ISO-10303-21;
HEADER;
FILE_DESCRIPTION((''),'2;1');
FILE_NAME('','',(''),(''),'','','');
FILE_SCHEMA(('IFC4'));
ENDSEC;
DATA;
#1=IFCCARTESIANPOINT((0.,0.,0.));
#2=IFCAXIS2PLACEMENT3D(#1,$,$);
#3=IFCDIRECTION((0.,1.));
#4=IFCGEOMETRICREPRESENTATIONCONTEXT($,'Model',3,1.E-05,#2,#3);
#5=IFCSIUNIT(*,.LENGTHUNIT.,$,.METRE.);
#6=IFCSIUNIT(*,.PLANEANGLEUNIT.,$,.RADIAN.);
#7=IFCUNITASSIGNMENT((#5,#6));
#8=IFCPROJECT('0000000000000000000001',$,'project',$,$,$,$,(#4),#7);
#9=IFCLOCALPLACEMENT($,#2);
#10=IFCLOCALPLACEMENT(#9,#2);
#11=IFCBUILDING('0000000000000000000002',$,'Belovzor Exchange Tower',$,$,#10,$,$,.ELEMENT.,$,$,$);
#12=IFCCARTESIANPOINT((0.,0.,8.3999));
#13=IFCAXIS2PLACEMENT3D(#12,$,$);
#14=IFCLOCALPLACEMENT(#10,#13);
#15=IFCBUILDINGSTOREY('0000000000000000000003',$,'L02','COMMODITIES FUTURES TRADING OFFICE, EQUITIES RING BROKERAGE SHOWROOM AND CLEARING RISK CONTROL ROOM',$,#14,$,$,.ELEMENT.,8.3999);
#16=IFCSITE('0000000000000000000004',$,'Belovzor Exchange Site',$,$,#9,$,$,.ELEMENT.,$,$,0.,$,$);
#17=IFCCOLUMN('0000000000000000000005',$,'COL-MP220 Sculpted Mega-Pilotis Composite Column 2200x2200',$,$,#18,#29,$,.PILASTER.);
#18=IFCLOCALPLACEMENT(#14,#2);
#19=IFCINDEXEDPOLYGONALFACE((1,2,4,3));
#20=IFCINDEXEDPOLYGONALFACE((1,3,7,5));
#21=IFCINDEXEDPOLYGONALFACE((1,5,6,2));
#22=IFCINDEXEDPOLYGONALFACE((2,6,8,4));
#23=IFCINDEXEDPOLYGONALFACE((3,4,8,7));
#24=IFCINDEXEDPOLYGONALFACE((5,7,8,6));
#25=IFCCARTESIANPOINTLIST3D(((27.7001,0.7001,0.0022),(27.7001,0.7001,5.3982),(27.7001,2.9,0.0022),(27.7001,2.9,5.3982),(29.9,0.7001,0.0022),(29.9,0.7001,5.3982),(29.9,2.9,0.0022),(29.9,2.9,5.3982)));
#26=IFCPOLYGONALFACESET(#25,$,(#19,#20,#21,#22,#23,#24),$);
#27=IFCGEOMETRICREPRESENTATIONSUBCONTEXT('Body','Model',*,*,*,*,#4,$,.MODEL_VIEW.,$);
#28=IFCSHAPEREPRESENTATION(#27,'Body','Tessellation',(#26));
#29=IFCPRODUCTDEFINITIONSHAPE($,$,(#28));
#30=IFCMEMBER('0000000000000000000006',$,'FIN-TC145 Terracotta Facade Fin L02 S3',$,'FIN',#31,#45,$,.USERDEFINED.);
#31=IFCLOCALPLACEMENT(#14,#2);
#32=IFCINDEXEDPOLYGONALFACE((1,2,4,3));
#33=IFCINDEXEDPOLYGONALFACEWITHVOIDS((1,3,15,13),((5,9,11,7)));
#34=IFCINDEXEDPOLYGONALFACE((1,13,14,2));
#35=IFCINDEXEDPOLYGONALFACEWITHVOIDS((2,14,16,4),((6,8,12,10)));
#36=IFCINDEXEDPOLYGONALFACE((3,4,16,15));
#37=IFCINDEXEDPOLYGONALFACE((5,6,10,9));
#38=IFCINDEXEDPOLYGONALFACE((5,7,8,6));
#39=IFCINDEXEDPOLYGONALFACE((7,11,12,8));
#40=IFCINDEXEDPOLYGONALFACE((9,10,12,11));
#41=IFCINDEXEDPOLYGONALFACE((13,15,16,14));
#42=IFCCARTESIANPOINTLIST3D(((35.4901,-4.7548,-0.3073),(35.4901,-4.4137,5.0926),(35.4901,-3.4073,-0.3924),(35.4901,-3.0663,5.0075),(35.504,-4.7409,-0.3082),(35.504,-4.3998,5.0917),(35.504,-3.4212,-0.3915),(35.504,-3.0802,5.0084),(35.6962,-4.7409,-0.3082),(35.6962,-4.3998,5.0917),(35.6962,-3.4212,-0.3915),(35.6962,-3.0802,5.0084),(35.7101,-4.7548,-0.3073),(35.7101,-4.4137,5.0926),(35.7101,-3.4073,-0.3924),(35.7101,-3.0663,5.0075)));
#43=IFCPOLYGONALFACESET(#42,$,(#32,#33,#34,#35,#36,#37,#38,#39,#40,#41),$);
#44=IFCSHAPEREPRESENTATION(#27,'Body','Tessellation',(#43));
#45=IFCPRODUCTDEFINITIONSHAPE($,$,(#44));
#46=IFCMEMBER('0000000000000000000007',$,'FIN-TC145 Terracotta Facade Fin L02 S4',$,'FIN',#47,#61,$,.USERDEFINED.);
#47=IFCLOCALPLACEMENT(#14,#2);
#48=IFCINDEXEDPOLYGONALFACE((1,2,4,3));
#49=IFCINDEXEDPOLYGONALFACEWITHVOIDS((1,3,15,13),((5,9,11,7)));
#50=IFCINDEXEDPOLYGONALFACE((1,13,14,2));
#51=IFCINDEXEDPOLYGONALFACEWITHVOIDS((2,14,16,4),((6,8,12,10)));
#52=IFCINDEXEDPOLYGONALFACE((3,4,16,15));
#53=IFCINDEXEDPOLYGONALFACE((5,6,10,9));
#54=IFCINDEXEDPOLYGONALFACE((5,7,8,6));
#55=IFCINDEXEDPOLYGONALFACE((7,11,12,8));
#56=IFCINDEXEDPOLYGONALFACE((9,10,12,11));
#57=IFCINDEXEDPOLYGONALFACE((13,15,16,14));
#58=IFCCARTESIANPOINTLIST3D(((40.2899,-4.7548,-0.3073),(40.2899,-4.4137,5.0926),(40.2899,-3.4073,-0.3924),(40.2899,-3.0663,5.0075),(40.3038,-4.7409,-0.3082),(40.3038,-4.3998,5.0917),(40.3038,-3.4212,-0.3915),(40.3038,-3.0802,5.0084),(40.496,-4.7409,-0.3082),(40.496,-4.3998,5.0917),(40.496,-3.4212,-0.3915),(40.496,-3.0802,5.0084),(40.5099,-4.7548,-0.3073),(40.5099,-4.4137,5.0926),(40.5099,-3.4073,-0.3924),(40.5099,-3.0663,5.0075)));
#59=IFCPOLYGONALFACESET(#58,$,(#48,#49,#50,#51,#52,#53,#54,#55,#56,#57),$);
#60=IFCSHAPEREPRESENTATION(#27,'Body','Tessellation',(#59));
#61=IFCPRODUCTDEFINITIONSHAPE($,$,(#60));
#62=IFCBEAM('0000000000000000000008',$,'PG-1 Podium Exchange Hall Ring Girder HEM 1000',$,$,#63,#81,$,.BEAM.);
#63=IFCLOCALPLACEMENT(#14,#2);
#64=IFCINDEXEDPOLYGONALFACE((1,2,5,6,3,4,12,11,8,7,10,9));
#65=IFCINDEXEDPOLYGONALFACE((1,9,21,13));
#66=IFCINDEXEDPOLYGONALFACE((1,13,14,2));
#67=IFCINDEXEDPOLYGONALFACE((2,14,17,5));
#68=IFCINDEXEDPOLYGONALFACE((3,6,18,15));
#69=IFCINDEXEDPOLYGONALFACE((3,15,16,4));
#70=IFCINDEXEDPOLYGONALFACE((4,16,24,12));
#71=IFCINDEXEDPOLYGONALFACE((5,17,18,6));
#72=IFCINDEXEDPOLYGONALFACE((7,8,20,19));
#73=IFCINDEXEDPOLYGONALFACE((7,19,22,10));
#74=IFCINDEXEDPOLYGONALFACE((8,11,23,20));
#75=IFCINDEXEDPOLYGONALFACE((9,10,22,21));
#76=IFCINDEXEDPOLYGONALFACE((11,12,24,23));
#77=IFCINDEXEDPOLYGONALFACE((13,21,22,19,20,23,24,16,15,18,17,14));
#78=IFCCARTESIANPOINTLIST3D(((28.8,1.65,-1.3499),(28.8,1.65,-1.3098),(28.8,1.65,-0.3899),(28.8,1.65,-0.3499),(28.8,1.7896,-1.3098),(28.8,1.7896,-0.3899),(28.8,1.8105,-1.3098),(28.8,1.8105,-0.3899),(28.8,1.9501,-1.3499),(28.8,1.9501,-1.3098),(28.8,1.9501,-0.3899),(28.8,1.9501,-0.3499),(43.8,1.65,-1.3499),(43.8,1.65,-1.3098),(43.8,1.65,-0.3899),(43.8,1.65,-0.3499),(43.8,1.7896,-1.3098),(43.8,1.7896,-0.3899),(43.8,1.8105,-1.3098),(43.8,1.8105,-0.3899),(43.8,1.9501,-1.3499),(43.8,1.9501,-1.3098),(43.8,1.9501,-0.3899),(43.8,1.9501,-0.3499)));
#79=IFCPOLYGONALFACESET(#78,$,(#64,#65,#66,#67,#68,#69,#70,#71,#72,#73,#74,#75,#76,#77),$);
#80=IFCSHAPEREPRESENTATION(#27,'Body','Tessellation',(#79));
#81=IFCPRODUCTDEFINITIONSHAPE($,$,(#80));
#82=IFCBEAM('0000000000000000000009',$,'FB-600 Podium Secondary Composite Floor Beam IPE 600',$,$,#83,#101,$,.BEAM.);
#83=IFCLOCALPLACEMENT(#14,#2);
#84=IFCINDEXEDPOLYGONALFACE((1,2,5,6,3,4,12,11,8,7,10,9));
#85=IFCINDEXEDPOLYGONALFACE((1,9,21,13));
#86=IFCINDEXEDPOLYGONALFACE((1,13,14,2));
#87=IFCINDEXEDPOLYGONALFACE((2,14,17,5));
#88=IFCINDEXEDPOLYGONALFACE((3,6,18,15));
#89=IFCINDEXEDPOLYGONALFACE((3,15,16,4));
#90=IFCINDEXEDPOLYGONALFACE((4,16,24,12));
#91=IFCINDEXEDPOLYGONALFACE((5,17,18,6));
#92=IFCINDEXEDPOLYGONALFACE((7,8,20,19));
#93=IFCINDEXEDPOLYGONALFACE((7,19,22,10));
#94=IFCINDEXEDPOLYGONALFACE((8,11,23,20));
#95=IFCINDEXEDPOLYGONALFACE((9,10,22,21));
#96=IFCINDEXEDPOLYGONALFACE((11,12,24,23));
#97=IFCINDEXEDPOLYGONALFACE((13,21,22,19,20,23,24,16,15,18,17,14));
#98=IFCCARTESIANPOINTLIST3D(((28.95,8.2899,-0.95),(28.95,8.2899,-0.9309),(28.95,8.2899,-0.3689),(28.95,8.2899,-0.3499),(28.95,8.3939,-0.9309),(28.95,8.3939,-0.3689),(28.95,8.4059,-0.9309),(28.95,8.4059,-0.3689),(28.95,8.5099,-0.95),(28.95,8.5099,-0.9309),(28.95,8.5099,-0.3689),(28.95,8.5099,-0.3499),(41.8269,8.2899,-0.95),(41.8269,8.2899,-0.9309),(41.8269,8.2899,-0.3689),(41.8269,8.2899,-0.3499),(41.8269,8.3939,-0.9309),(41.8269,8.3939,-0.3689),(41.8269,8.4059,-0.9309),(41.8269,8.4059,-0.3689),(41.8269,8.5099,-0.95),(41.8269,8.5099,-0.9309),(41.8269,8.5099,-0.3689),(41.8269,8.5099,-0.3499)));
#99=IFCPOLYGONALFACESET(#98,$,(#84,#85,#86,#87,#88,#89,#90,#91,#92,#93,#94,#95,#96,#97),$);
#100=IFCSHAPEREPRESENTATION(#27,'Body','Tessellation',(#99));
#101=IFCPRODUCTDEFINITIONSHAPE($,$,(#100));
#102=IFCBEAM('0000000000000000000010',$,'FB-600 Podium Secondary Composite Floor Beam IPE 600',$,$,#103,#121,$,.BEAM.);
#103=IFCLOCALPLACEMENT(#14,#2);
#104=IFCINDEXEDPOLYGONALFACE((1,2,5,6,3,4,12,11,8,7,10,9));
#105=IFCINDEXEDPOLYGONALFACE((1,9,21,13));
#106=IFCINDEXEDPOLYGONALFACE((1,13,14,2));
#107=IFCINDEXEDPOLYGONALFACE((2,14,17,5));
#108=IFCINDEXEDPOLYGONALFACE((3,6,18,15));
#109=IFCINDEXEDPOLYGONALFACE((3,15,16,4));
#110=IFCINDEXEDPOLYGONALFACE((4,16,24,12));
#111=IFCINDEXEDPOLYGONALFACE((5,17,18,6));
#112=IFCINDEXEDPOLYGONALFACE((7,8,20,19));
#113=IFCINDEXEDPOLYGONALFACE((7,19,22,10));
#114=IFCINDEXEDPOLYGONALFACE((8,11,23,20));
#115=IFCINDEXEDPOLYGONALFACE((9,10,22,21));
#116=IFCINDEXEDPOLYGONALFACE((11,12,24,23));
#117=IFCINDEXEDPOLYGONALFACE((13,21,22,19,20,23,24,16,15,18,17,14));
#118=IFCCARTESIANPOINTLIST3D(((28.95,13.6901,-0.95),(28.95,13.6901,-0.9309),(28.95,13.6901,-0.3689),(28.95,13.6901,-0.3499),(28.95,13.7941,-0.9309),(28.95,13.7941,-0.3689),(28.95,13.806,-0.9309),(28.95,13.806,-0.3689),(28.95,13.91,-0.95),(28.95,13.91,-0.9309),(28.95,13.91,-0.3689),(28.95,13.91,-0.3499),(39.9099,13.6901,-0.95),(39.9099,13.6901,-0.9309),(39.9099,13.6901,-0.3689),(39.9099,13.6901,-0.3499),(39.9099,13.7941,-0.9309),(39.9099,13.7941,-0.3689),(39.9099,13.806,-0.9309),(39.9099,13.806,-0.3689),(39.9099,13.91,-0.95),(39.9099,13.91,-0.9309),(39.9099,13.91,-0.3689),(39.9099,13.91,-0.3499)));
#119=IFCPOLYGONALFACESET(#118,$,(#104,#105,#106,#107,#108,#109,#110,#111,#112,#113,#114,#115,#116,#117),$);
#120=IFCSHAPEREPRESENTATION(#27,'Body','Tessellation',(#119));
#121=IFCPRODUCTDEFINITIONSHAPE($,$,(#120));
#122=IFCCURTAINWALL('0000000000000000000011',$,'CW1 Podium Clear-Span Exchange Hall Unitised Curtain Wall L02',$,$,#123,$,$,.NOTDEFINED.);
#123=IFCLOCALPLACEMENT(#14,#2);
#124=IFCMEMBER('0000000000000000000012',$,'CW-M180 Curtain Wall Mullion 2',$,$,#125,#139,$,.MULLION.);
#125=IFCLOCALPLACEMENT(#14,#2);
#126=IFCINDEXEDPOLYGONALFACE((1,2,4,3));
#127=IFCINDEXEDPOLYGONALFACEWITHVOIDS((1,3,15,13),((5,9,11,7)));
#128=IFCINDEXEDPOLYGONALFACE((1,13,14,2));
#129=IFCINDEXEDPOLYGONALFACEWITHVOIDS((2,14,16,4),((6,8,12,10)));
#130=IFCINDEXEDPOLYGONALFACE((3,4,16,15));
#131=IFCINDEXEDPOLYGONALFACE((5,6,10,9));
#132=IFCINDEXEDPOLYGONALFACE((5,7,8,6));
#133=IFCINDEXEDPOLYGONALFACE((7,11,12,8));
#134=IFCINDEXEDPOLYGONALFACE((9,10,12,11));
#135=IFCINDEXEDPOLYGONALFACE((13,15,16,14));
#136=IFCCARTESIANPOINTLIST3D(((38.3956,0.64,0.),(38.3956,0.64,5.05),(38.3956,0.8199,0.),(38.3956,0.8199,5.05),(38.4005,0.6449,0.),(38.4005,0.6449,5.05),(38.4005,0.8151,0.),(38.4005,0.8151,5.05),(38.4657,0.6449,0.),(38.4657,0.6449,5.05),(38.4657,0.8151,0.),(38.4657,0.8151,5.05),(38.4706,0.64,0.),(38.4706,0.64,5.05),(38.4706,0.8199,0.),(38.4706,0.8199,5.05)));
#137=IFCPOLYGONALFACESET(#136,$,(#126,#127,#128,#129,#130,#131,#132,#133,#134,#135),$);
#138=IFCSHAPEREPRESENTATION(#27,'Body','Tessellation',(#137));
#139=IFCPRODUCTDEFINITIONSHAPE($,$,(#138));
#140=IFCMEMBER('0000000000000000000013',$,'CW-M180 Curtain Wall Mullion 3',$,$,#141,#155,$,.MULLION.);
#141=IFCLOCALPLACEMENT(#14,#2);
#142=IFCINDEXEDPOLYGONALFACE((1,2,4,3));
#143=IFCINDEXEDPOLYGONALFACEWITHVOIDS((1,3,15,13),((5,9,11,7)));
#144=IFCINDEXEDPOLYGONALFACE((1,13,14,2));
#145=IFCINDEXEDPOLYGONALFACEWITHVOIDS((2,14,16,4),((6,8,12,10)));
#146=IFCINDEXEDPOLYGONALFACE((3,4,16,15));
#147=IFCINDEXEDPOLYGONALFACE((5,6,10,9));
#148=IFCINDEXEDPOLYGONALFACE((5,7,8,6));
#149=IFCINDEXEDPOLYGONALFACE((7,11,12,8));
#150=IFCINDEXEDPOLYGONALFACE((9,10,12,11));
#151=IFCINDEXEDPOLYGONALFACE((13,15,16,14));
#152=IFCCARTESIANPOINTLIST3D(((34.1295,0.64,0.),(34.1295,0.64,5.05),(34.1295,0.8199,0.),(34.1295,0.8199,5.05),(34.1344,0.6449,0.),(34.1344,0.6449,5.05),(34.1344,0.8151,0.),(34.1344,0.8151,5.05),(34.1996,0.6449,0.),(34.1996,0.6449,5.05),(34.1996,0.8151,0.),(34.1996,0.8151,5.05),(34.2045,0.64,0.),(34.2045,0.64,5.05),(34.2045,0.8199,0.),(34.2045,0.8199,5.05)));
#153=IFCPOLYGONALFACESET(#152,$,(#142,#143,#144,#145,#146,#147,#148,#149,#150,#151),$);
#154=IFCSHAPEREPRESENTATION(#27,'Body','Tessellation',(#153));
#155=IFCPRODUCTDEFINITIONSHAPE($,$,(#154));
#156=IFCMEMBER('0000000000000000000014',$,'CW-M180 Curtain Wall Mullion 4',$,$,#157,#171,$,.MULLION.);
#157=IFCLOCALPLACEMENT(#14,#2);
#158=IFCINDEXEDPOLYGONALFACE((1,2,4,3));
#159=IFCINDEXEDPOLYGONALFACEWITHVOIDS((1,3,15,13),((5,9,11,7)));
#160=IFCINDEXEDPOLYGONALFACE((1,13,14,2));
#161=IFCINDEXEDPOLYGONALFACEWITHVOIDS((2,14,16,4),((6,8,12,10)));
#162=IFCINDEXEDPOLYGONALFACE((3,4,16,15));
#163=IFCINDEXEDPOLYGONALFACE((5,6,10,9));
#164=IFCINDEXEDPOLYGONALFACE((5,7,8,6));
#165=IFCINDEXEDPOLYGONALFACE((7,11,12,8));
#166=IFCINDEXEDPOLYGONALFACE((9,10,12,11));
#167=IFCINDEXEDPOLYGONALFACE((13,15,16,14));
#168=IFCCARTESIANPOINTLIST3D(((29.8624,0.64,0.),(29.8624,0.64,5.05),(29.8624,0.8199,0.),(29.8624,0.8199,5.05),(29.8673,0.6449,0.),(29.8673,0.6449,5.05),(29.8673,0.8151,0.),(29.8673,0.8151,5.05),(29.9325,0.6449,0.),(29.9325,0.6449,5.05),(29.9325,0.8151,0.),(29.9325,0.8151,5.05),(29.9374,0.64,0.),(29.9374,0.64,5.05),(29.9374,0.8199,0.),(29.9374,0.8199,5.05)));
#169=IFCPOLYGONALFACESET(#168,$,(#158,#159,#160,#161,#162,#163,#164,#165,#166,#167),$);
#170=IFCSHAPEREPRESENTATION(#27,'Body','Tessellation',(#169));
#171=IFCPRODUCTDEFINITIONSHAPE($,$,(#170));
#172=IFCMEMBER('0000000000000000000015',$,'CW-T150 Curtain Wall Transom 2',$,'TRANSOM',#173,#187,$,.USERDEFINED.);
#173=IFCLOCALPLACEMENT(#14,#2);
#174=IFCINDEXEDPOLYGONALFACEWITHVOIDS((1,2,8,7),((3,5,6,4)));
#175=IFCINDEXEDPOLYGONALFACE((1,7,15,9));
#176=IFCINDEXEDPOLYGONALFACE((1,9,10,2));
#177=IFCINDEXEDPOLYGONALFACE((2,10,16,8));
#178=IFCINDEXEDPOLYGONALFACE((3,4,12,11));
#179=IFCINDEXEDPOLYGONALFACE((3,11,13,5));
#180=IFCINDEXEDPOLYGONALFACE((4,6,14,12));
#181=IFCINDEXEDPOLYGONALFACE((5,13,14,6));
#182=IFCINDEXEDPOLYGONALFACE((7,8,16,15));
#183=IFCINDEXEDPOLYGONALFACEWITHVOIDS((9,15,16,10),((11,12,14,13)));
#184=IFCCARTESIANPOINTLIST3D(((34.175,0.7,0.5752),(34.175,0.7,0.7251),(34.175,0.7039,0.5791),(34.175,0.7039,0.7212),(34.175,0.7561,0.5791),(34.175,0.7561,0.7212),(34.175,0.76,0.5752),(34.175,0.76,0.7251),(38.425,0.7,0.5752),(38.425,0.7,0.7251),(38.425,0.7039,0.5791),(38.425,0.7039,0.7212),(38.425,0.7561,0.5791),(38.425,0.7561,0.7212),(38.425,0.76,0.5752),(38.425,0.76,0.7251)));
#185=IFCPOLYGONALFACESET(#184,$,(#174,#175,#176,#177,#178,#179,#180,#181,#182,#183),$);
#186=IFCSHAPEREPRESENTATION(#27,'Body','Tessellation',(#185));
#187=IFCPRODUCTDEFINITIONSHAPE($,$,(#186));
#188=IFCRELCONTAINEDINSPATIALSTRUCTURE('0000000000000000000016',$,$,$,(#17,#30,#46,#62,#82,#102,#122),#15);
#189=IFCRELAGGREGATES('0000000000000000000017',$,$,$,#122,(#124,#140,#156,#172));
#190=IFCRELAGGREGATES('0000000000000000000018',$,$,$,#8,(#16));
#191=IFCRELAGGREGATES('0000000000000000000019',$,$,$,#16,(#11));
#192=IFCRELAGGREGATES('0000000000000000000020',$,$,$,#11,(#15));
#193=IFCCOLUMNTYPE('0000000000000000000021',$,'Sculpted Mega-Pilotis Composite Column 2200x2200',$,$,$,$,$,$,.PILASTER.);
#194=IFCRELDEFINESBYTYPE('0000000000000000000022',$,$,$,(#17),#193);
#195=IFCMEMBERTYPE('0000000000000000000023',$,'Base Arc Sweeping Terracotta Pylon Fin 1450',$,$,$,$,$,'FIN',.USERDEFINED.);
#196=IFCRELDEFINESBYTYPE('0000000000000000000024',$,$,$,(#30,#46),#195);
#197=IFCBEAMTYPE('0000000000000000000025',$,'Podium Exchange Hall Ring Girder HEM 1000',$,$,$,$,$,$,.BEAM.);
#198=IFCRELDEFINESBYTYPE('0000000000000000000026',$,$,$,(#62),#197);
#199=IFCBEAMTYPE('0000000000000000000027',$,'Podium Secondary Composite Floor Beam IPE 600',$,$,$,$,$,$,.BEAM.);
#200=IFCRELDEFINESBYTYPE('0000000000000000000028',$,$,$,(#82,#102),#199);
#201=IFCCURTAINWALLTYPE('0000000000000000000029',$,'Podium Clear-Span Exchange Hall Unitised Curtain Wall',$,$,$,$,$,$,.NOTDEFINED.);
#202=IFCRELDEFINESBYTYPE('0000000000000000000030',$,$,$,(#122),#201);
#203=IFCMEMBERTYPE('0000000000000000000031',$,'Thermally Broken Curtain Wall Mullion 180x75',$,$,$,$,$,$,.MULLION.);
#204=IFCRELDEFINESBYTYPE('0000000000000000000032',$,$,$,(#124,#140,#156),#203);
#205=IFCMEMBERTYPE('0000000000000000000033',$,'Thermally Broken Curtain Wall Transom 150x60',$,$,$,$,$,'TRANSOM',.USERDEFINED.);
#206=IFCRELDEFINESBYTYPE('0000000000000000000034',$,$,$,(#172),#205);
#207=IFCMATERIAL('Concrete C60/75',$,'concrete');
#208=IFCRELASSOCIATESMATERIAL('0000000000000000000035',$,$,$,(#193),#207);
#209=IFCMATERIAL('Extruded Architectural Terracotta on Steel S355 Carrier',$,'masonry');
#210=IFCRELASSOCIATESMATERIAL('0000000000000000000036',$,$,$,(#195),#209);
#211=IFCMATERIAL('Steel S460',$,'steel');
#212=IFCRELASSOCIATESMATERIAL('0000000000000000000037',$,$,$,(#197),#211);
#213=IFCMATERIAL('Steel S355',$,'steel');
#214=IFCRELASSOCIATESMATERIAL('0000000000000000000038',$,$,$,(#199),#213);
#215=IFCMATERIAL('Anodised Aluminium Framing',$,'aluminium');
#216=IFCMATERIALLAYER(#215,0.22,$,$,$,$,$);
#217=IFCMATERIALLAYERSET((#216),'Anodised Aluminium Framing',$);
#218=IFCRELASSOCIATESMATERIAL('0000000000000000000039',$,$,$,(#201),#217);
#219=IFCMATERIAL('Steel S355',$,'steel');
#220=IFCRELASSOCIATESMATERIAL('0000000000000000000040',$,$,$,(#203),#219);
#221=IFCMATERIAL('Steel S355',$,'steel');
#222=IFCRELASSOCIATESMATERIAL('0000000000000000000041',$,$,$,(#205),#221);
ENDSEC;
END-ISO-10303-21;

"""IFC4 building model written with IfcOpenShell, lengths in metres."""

from ifc_helpers import new_model, si_unit, direction, frame, origin, origin_2d, place, context, subcontext, project, spatial, rectangle, hollow_rectangle, i_section, extrude, material, layer, layer_set, material_profile, profile_set, type_object, element, aggregate, save


model = new_model("IFC4")

# Units and contexts
model_context = context("Model", 3, precision=1e-05, world=origin(), true_north=direction((0.0, 1.0)))
body_context = subcontext(model_context, "Body", "Model", "MODEL_VIEW")
ifc_project = project(units=[si_unit("LENGTHUNIT", "METRE"), si_unit("PLANEANGLEUNIT", "RADIAN")], contexts=[model_context])

# Site, building, storey
site_placement = place(None, origin())
site = spatial("IfcSite", under=ifc_project, at=site_placement, Name="Belovzor Exchange Site", CompositionType="ELEMENT", RefElevation=0.0)
building_placement = place(site_placement, origin())
building = spatial("IfcBuilding", under=site, at=building_placement, Name="Belovzor Exchange Tower", CompositionType="ELEMENT")
storey_placement = place(building_placement, frame((0.0, 0.0, 8.3999)))
storey = spatial("IfcBuildingStorey", under=building, at=storey_placement, Name="L02", Description="COMMODITIES FUTURES TRADING OFFICE, EQUITIES RING BROKERAGE SHOWROOM AND CLEARING RISK CONTROL ROOM", CompositionType="ELEMENT", Elevation=8.3999)

# Column
ifc_material_1 = material(Name="Concrete C60/75", Category="concrete")
ifc_material_profile_1 = material_profile(ifc_material_1, rectangle(XDim=2.2, YDim=2.2, at=origin_2d()))
ifc_profile_set_1 = profile_set([ifc_material_profile_1], Name="Concrete C60/75")
column_type = type_object("IfcColumnType", Name="Sculpted Mega-Pilotis Composite Column 2200x2200", PredefinedType="PILASTER", material=ifc_profile_set_1)
column_placement = place(storey_placement, frame((28.8, 1.8, 0.0022), z_axis=(0.0, 0.0, 1.0), x_axis=(1.0, 0.0, 0.0)))
element("IfcColumn", 1, at=column_placement, inside=storey, type_object=column_type, Name="COL-MP220 Sculpted Mega-Pilotis Composite Column 2200x2200", PredefinedType="PILASTER", context=body_context, shape_type="SweptSolid", body=[
    extrude(rectangle(XDim=2.2, YDim=2.2, at=origin_2d()), origin(), (0.0, 0.0, 1.0), 5.396),
])

# Members
ifc_material_2 = material(Name="Extruded Architectural Terracotta on Steel S355 Carrier", Category="masonry")
ifc_material_profile_2 = material_profile(ifc_material_2, hollow_rectangle(XDim=0.22, YDim=1.3501, WallThickness=0.0139, at=origin_2d()))
ifc_profile_set_2 = profile_set([ifc_material_profile_2], Name="Extruded Architectural Terracotta on Steel S355 Carrier")
member_type_1 = type_object("IfcMemberType", Name="Base Arc Sweeping Terracotta Pylon Fin 1450", ElementType="FIN", PredefinedType="USERDEFINED", material=ifc_profile_set_2)
for number, where, z_axis, x_axis, name in (
    (2, (35.6001, -4.0811, -0.3499), (0.0, 0.063036, 0.998011), (-1.0, 0.0, 0.0), "FIN-TC145 Terracotta Facade Fin L02 S3"),
    (3, (40.3999, -4.0811, -0.3499), (0.0, 0.063036, 0.998011), (-1.0, 0.0, 0.0), "FIN-TC145 Terracotta Facade Fin L02 S4"),
):
    element("IfcMember", number, at=place(storey_placement, frame(where, z_axis=z_axis, x_axis=x_axis)), inside=storey, type_object=member_type_1, Name=name, ObjectType="FIN", PredefinedType="USERDEFINED", context=body_context, shape_type="SweptSolid", body=[
        extrude(hollow_rectangle(XDim=0.22, YDim=1.3501, WallThickness=0.0139, at=origin_2d()), origin(), (0.0, 0.0, 1.0), 5.4106),
    ])

# Beams
ifc_material_3 = material(Name="Steel S460", Category="steel")
ifc_material_profile_3 = material_profile(ifc_material_3, i_section(OverallWidth=0.3, OverallDepth=1.0, WebThickness=0.021, FlangeThickness=0.04, at=origin_2d()))
ifc_profile_set_3 = profile_set([ifc_material_profile_3], Name="Steel S460")
beam_type_1 = type_object("IfcBeamType", Name="Podium Exchange Hall Ring Girder HEM 1000", PredefinedType="BEAM", material=ifc_profile_set_3)
beam_1_placement = place(storey_placement, frame((28.8, 1.8, -0.8499), z_axis=(1.0, 0.0, 0.0), x_axis=(0.0, 1.0, 0.0)))
element("IfcBeam", 4, at=beam_1_placement, inside=storey, type_object=beam_type_1, Name="PG-1 Podium Exchange Hall Ring Girder HEM 1000", PredefinedType="BEAM", context=body_context, shape_type="SweptSolid", body=[
    extrude(i_section(OverallWidth=0.3, OverallDepth=1.0, WebThickness=0.021, FlangeThickness=0.04, at=origin_2d()), origin(), (0.0, 0.0, 1.0), 15.0),
])
ifc_material_4 = material(Name="Steel S355", Category="steel")
ifc_material_profile_4 = material_profile(ifc_material_4, i_section(OverallWidth=0.22, OverallDepth=0.6001, WebThickness=0.012, FlangeThickness=0.019, at=origin_2d()))
ifc_profile_set_4 = profile_set([ifc_material_profile_4], Name="Steel S355")
beam_type_2 = type_object("IfcBeamType", Name="Podium Secondary Composite Floor Beam IPE 600", PredefinedType="BEAM", material=ifc_profile_set_4)
beam_2_placement = place(storey_placement, frame((28.95, 8.3999, -0.6499), z_axis=(1.0, 0.0, 0.0), x_axis=(0.0, 1.0, 0.0)))
element("IfcBeam", 5, at=beam_2_placement, inside=storey, type_object=beam_type_2, Name="FB-600 Podium Secondary Composite Floor Beam IPE 600", PredefinedType="BEAM", context=body_context, shape_type="SweptSolid", body=[
    extrude(i_section(OverallWidth=0.22, OverallDepth=0.6001, WebThickness=0.012, FlangeThickness=0.019, at=origin_2d()), origin(), (0.0, 0.0, 1.0), 12.877),
])
beam_3_placement = place(storey_placement, frame((28.95, 13.8, -0.6499), z_axis=(1.0, 0.0, 0.0), x_axis=(0.0, 1.0, 0.0)))
element("IfcBeam", 6, at=beam_3_placement, inside=storey, type_object=beam_type_2, Name="FB-600 Podium Secondary Composite Floor Beam IPE 600", PredefinedType="BEAM", context=body_context, shape_type="SweptSolid", body=[
    extrude(i_section(OverallWidth=0.22, OverallDepth=0.6001, WebThickness=0.012, FlangeThickness=0.019, at=origin_2d()), origin(), (0.0, 0.0, 1.0), 10.96),
])

# Curtain wall, members
ifc_material_5 = material(Name="Anodised Aluminium Framing", Category="aluminium")
ifc_layer_1 = layer(ifc_material_5, 0.22)
ifc_layer_set_1 = layer_set([ifc_layer_1], Name="Anodised Aluminium Framing")
curtain_wall_type = type_object("IfcCurtainWallType", Name="Podium Clear-Span Exchange Hall Unitised Curtain Wall", PredefinedType="NOTDEFINED", material=ifc_layer_set_1)
curtain_wall_placement = place(storey_placement, origin())
curtain_wall = element("IfcCurtainWall", 7, at=curtain_wall_placement, inside=storey, type_object=curtain_wall_type, Name="CW1 Podium Clear-Span Exchange Hall Unitised Curtain Wall L02", PredefinedType="NOTDEFINED")
ifc_material_6 = material(Name="Steel S355", Category="steel")
ifc_material_profile_5 = material_profile(ifc_material_6, hollow_rectangle(XDim=0.075, YDim=0.1799, WallThickness=0.0049, at=origin_2d()))
ifc_profile_set_5 = profile_set([ifc_material_profile_5], Name="Steel S355")
member_type_2 = type_object("IfcMemberType", Name="Thermally Broken Curtain Wall Mullion 180x75", PredefinedType="MULLION", material=ifc_profile_set_5)
member_1_placement = place(storey_placement, frame((38.4331, 0.73, 0.0), z_axis=(0.0, 0.0, 1.0), x_axis=(-1.0, 0.0, 0.0)))
member_1 = element("IfcMember", 8, at=member_1_placement, type_object=member_type_2, Name="CW-M180 Curtain Wall Mullion 2", PredefinedType="MULLION", context=body_context, shape_type="SweptSolid", body=[
    extrude(hollow_rectangle(XDim=0.075, YDim=0.1799, WallThickness=0.0049, at=origin_2d()), origin(), (0.0, 0.0, 1.0), 5.05),
])
member_2_placement = place(storey_placement, frame((34.167, 0.73, 0.0), z_axis=(0.0, 0.0, 1.0), x_axis=(-1.0, 0.0, 0.0)))
member_2 = element("IfcMember", 9, at=member_2_placement, type_object=member_type_2, Name="CW-M180 Curtain Wall Mullion 3", PredefinedType="MULLION", context=body_context, shape_type="SweptSolid", body=[
    extrude(hollow_rectangle(XDim=0.075, YDim=0.1799, WallThickness=0.0049, at=origin_2d()), origin(), (0.0, 0.0, 1.0), 5.05),
])
member_3_placement = place(storey_placement, frame((29.8999, 0.73, 0.0), z_axis=(0.0, 0.0, 1.0), x_axis=(-1.0, 0.0, 0.0)))
member_3 = element("IfcMember", 10, at=member_3_placement, type_object=member_type_2, Name="CW-M180 Curtain Wall Mullion 4", PredefinedType="MULLION", context=body_context, shape_type="SweptSolid", body=[
    extrude(hollow_rectangle(XDim=0.075, YDim=0.1799, WallThickness=0.0049, at=origin_2d()), origin(), (0.0, 0.0, 1.0), 5.05),
])
ifc_material_7 = material(Name="Steel S355", Category="steel")
ifc_material_profile_6 = material_profile(ifc_material_7, hollow_rectangle(XDim=0.0601, YDim=0.1499, WallThickness=0.0039, at=origin_2d()))
ifc_profile_set_6 = profile_set([ifc_material_profile_6], Name="Steel S355")
member_type_3 = type_object("IfcMemberType", Name="Thermally Broken Curtain Wall Transom 150x60", ElementType="TRANSOM", PredefinedType="USERDEFINED", material=ifc_profile_set_6)
member_4_placement = place(storey_placement, frame((38.425, 0.73, 0.6501), z_axis=(-1.0, 0.0, 0.0), x_axis=(0.0, -1.0, 0.0)))
member_4 = element("IfcMember", 11, at=member_4_placement, type_object=member_type_3, Name="CW-T150 Curtain Wall Transom 2", ObjectType="TRANSOM", PredefinedType="USERDEFINED", context=body_context, shape_type="SweptSolid", body=[
    extrude(hollow_rectangle(XDim=0.0601, YDim=0.1499, WallThickness=0.0039, at=origin_2d()), origin(), (0.0, 0.0, 1.0), 4.25),
])

aggregate(curtain_wall, [member_1, member_2, member_3, member_4])

save(model, "model.ifc")
